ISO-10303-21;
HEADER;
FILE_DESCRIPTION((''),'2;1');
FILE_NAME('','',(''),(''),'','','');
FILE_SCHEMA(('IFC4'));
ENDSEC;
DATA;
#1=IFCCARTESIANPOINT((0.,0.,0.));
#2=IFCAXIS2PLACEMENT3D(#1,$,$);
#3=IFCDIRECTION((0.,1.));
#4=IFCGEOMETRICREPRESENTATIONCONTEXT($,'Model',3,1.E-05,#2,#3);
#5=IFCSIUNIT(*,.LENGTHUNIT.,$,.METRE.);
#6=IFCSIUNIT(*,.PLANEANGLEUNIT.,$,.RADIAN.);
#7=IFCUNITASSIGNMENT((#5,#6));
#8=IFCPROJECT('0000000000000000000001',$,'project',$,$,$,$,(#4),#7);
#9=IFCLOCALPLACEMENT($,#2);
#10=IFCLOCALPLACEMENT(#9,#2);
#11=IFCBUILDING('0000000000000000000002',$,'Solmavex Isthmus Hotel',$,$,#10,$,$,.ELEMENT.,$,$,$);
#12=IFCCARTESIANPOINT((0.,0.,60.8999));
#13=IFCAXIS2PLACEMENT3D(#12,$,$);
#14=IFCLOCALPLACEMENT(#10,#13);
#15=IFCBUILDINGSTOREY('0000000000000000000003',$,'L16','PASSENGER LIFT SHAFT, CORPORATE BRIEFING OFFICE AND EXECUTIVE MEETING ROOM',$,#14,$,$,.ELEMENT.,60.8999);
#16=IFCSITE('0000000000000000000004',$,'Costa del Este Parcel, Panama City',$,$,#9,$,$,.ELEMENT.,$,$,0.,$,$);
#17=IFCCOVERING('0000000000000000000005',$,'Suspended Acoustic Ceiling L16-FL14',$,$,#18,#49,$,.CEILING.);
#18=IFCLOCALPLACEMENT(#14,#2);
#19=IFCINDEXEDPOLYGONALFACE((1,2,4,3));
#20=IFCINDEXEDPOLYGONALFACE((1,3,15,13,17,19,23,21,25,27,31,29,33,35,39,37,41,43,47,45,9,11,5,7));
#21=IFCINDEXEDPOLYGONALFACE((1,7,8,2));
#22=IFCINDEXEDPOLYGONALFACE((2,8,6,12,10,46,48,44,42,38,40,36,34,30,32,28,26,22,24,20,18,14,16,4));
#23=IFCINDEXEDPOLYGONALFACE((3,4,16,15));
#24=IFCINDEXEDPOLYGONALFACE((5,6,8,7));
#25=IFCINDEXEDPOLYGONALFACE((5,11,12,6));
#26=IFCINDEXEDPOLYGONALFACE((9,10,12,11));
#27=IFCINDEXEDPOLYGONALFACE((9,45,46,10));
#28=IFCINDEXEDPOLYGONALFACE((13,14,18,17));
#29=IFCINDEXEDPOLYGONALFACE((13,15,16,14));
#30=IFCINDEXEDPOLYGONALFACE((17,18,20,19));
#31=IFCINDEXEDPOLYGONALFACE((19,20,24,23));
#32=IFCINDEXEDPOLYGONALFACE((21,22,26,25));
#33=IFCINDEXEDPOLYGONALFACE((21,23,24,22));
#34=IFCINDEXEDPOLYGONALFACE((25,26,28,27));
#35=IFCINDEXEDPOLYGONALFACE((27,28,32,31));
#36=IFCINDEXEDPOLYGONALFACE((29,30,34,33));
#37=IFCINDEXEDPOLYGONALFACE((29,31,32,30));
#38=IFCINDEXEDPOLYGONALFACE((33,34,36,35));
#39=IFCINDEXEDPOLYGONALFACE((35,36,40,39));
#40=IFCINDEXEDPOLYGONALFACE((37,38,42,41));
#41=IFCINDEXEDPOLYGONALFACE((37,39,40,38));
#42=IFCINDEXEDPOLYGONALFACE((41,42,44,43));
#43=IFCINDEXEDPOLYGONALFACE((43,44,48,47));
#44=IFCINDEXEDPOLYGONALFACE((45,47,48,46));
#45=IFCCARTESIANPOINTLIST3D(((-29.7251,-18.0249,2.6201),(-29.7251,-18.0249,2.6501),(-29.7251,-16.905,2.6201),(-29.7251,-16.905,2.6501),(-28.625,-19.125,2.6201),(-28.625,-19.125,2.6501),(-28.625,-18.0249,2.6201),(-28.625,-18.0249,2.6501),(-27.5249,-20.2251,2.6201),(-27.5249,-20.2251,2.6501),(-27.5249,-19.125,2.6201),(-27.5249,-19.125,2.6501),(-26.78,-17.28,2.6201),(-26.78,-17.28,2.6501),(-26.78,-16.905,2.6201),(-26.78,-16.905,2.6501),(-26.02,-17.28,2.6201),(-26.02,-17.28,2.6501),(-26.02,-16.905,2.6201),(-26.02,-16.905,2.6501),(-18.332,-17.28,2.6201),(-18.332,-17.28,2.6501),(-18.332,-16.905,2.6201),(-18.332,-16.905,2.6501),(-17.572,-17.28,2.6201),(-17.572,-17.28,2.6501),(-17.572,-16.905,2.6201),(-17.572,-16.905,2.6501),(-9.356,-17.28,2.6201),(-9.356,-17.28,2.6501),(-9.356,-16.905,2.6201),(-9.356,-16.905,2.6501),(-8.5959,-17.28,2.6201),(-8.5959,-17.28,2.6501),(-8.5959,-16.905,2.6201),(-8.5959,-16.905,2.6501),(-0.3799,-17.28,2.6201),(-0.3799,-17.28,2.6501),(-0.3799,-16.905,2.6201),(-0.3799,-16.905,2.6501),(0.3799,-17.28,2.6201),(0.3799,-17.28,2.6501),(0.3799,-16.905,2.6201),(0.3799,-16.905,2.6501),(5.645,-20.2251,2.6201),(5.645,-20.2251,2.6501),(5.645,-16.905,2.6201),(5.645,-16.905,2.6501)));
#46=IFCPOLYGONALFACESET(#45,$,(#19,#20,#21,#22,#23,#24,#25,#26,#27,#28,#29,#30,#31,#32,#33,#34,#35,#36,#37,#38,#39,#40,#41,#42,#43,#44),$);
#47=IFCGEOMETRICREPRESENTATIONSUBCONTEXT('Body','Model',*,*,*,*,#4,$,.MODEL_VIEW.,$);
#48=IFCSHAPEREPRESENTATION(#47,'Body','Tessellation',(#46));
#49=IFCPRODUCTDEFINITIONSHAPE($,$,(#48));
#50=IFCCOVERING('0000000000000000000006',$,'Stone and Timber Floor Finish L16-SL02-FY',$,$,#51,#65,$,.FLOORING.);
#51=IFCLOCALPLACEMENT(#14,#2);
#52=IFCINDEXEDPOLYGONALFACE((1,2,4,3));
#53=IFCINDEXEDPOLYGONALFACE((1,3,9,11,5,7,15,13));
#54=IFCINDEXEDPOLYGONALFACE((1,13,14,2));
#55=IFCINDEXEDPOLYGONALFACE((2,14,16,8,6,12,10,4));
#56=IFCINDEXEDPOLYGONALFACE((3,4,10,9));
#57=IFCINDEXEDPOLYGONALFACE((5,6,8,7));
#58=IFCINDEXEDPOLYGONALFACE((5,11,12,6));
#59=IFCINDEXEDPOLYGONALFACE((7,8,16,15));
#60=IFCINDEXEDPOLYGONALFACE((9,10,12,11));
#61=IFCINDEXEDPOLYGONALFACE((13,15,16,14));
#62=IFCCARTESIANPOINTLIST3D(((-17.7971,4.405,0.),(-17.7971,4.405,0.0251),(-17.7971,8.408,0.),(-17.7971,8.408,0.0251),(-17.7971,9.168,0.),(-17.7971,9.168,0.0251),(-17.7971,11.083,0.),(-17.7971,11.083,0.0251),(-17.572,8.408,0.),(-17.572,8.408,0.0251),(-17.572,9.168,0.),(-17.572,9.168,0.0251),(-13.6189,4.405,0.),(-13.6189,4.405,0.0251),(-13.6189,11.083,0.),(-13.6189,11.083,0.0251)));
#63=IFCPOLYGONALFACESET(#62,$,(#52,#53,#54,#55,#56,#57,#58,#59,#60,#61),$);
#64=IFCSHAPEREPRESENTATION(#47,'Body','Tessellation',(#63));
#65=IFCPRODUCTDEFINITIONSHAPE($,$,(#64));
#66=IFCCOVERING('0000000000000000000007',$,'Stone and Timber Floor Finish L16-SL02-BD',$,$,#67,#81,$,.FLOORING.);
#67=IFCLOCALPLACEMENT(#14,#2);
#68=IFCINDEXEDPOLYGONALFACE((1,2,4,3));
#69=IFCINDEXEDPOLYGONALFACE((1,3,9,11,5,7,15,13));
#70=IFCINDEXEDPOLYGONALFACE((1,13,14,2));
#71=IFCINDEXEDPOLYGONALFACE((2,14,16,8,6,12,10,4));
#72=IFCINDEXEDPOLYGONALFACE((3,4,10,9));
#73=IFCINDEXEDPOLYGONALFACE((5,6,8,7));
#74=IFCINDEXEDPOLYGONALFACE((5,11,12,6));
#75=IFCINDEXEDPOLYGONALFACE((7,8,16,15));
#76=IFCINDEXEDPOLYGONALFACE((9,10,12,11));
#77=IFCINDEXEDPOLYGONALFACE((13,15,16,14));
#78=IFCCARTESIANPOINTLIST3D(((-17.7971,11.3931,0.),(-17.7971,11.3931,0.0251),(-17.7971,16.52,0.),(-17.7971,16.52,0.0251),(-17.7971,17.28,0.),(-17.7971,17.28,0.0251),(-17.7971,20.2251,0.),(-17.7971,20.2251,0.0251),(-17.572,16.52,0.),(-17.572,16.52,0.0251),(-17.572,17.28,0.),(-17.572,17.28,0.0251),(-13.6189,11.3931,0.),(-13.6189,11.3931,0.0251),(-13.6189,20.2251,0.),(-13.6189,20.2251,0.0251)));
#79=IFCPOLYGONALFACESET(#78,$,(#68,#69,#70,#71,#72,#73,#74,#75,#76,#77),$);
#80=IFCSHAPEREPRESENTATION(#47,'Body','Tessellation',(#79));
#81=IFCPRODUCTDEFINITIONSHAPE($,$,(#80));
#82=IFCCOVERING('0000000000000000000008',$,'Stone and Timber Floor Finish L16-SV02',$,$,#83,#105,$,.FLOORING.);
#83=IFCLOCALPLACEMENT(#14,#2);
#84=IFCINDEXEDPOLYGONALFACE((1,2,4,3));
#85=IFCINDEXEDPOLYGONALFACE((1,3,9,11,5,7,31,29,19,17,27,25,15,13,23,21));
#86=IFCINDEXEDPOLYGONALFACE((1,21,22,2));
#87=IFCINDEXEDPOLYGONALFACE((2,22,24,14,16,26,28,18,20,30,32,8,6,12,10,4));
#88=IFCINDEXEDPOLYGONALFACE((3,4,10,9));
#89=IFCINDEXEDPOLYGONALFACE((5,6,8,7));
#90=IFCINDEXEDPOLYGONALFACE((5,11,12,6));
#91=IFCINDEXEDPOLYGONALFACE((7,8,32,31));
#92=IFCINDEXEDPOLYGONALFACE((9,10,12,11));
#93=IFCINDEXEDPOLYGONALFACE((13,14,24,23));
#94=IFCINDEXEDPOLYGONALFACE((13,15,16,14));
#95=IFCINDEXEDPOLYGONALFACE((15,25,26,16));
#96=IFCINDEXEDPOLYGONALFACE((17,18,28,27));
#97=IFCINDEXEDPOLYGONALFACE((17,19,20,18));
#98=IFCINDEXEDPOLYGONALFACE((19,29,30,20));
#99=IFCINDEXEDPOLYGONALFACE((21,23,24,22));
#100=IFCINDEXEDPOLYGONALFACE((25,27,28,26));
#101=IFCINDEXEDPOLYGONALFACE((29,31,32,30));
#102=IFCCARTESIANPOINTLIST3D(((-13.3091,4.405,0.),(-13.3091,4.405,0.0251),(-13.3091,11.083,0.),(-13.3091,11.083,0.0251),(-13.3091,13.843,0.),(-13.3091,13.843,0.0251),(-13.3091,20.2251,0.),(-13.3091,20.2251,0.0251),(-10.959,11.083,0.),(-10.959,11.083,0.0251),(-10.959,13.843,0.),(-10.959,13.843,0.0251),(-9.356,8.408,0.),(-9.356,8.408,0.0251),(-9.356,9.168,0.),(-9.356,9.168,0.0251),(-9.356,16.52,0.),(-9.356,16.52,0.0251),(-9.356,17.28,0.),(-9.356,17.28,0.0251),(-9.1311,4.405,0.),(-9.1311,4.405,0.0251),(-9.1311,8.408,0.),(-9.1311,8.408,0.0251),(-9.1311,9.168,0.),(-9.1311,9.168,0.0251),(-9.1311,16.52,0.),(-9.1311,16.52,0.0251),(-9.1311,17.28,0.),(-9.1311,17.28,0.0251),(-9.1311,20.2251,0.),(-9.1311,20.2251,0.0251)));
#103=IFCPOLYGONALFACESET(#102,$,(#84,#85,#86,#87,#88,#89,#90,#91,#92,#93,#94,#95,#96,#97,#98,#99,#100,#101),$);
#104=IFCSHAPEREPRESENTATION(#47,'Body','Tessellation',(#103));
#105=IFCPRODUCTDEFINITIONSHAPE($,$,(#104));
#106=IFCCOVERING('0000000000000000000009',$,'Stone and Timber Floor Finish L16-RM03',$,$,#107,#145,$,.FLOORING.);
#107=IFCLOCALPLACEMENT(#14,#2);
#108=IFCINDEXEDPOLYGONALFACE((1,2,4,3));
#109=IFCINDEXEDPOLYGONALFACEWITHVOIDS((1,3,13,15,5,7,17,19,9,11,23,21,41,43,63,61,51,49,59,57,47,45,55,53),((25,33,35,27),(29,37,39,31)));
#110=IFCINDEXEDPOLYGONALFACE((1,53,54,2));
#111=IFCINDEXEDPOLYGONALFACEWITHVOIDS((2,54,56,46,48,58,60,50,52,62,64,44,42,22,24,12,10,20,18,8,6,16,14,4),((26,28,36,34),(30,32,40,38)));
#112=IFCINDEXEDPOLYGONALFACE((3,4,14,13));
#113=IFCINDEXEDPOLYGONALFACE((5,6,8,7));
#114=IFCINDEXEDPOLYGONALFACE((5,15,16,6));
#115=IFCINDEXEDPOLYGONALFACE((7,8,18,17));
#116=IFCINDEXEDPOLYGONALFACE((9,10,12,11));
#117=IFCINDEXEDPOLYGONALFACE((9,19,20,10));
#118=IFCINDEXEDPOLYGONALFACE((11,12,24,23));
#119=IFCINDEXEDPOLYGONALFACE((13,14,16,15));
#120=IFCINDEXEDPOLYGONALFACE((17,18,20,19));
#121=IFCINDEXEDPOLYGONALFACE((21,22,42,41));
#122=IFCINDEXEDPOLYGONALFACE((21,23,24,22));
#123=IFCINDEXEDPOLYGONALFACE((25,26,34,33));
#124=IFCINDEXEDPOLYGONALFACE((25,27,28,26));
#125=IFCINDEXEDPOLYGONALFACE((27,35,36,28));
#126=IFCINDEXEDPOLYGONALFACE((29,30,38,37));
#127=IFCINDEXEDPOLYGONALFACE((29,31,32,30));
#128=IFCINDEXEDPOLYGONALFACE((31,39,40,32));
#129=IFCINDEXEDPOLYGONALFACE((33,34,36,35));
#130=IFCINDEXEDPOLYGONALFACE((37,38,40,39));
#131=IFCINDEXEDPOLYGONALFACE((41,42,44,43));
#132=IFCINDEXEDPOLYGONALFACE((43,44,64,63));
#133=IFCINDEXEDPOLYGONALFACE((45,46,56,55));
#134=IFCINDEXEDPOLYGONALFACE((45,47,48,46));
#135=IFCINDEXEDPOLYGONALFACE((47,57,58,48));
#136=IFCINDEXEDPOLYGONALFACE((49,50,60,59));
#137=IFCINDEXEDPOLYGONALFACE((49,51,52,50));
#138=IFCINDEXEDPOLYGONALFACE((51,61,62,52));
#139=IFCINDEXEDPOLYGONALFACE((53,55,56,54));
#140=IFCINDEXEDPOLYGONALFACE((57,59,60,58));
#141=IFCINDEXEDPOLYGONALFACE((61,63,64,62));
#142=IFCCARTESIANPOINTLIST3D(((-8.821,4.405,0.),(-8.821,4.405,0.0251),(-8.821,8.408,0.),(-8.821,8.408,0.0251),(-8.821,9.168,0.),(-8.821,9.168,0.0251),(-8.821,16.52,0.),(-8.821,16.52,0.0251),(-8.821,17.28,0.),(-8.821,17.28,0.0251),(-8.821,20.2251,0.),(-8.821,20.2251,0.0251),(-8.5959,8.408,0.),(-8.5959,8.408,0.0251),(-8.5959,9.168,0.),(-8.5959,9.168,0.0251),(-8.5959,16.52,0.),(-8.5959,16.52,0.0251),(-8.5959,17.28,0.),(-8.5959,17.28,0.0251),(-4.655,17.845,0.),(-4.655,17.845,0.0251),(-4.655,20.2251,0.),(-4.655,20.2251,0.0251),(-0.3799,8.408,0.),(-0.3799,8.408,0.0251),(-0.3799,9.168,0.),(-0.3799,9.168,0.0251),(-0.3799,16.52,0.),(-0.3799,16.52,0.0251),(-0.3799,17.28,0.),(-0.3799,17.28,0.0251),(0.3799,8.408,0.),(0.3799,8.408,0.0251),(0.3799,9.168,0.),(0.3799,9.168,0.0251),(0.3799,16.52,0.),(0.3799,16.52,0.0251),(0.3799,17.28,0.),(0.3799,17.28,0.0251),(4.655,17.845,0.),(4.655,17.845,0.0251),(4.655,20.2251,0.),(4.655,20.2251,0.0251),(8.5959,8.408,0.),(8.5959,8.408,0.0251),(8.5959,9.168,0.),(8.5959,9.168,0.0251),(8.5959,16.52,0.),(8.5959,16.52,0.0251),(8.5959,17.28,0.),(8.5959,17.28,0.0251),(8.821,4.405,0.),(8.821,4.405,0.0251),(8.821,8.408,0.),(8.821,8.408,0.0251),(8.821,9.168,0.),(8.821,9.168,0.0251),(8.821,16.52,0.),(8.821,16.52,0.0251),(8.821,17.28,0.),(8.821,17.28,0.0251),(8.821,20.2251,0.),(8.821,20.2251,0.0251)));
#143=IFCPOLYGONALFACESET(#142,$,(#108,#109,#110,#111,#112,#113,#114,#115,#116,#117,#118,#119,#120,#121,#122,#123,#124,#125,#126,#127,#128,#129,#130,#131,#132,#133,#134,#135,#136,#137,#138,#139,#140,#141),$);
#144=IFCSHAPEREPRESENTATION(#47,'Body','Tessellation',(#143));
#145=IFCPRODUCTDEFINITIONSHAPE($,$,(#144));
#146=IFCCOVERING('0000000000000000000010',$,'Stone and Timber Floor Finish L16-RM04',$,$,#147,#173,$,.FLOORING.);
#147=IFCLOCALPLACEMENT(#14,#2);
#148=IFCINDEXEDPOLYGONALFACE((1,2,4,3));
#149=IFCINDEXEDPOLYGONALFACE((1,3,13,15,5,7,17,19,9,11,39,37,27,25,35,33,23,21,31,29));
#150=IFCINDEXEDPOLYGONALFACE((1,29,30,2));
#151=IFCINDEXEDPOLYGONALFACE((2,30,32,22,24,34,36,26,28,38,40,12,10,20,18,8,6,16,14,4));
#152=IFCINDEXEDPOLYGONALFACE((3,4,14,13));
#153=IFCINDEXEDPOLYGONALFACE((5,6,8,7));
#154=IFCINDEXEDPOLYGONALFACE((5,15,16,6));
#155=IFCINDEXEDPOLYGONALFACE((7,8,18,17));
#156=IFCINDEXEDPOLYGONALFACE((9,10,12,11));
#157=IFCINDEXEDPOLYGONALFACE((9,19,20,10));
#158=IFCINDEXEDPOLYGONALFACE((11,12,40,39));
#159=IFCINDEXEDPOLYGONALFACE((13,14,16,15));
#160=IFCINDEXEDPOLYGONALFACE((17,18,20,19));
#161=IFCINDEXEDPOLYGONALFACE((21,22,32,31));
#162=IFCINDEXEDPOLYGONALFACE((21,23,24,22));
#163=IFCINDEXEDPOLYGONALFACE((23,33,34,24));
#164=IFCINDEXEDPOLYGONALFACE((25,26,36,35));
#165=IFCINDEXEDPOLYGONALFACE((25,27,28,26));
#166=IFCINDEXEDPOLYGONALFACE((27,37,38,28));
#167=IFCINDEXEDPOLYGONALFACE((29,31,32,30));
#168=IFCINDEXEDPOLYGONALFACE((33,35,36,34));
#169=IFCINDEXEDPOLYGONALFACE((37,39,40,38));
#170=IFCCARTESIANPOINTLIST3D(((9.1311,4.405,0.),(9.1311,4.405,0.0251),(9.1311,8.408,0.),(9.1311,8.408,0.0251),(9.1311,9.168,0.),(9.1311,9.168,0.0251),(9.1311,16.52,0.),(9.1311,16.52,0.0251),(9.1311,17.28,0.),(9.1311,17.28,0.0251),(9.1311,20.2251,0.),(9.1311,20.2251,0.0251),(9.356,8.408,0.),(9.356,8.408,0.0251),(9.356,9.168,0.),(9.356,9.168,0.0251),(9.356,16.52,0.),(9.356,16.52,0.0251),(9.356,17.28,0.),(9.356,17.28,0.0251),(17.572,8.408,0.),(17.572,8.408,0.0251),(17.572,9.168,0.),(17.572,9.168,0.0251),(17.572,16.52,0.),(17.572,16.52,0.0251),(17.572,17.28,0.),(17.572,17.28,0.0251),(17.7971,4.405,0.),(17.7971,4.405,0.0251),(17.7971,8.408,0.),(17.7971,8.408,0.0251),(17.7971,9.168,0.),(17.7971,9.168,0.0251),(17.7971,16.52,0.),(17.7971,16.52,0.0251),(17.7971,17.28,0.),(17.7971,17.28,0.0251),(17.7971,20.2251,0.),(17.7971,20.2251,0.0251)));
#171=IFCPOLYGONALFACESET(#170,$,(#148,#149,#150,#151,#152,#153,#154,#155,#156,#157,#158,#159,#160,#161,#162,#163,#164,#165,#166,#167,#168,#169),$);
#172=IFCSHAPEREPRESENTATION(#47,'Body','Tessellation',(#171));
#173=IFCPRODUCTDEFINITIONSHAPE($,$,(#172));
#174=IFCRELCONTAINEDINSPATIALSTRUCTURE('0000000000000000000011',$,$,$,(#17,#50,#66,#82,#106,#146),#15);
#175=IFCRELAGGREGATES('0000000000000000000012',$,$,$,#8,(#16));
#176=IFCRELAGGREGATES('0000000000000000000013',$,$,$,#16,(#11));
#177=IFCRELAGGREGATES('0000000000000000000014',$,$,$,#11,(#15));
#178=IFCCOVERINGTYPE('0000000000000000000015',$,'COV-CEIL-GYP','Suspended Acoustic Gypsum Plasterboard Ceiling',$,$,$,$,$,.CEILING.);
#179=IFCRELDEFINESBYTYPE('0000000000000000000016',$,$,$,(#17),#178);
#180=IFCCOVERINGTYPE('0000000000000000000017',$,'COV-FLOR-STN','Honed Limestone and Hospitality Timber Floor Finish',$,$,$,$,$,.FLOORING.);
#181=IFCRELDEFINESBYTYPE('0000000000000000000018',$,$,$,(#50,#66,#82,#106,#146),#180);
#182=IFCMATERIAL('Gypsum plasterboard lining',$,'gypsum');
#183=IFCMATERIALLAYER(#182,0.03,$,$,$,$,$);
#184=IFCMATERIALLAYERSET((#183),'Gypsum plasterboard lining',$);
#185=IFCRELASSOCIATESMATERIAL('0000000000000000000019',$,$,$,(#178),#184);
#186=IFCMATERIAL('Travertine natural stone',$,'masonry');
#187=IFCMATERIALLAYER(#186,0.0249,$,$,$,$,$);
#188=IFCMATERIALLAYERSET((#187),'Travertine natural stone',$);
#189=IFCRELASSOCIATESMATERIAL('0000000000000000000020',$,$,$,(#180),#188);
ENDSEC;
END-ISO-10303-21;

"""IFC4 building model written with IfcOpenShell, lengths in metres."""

from ifc_helpers import new_model, si_unit, direction, frame, origin, place, context, subcontext, project, spatial, polyline, outline, extrude, material, layer, layer_set, type_object, element, save


model = new_model("IFC4")

# Units and contexts
model_context = context("Model", 3, precision=1e-05, world=origin(), true_north=direction((0.0, 1.0)))
body_context = subcontext(model_context, "Body", "Model", "MODEL_VIEW")
ifc_project = project(units=[si_unit("LENGTHUNIT", "METRE"), si_unit("PLANEANGLEUNIT", "RADIAN")], contexts=[model_context])

# Site, building, storey
site_placement = place(None, origin())
site = spatial("IfcSite", under=ifc_project, at=site_placement, Name="Costa del Este Parcel, Panama City", CompositionType="ELEMENT", RefElevation=0.0)
building_placement = place(site_placement, origin())
building = spatial("IfcBuilding", under=site, at=building_placement, Name="Solmavex Isthmus Hotel", CompositionType="ELEMENT")
storey_placement = place(building_placement, frame((0.0, 0.0, 60.8999)))
storey = spatial("IfcBuildingStorey", under=building, at=storey_placement, Name="L16", Description="PASSENGER LIFT SHAFT, CORPORATE BRIEFING OFFICE AND EXECUTIVE MEETING ROOM", CompositionType="ELEMENT", Elevation=60.8999)

# Coverings
ifc_material_1 = material(Name="Gypsum plasterboard lining", Category="gypsum")
ifc_layer_1 = layer(ifc_material_1, 0.03)
ifc_layer_set_1 = layer_set([ifc_layer_1], Name="Gypsum plasterboard lining")
covering_type_1 = type_object("IfcCoveringType", Name="COV-CEIL-GYP", Description="Suspended Acoustic Gypsum Plasterboard Ceiling", PredefinedType="CEILING", material=ifc_layer_set_1)
covering_1_placement = place(storey_placement, frame((0.0, 0.0, 2.6201)))
element("IfcCovering", 1, at=covering_1_placement, inside=storey, type_object=covering_type_1, Name="Suspended Acoustic Ceiling L16-FL14", PredefinedType="CEILING", context=body_context, shape_type="SweptSolid", body=[
    extrude(outline(polyline([(-26.02, -16.905), (-26.02, -17.28), (-26.78, -17.28), (-26.78, -16.905), (-29.7251, -16.905), (-29.7251, -18.0249), (-28.625, -18.0249), (-28.625, -19.125), (-27.5249, -19.125), (-27.5249, -20.2251), (5.645, -20.2251), (5.645, -16.905), (0.3799, -16.905), (0.3799, -17.28), (-0.3799, -17.28), (-0.3799, -16.905), (-8.5959, -16.905), (-8.5959, -17.28), (-9.356, -17.28), (-9.356, -16.905), (-17.572, -16.905), (-17.572, -17.28), (-18.332, -17.28), (-18.332, -16.905), (-26.02, -16.905)])), origin(), (0.0, 0.0, 1.0), 0.03),
])
ifc_material_2 = material(Name="Travertine natural stone", Category="masonry")
ifc_layer_2 = layer(ifc_material_2, 0.0249)
ifc_layer_set_2 = layer_set([ifc_layer_2], Name="Travertine natural stone")
covering_type_2 = type_object("IfcCoveringType", Name="COV-FLOR-STN", Description="Honed Limestone and Hospitality Timber Floor Finish", PredefinedType="FLOORING", material=ifc_layer_set_2)
covering_2_placement = place(storey_placement, origin())
element("IfcCovering", 2, at=covering_2_placement, inside=storey, type_object=covering_type_2, Name="Stone and Timber Floor Finish L16-SL02-FY", PredefinedType="FLOORING", context=body_context, shape_type="SweptSolid", body=[
    extrude(outline(polyline([(-17.7971, 9.168), (-17.572, 9.168), (-17.572, 8.408), (-17.7971, 8.408), (-17.7971, 4.405), (-13.6189, 4.405), (-13.6189, 11.083), (-17.7971, 11.083), (-17.7971, 9.168)])), origin(), (0.0, 0.0, 1.0), 0.0251),
])
covering_3_placement = place(storey_placement, origin())
element("IfcCovering", 3, at=covering_3_placement, inside=storey, type_object=covering_type_2, Name="Stone and Timber Floor Finish L16-SL02-BD", PredefinedType="FLOORING", context=body_context, shape_type="SweptSolid", body=[
    extrude(outline(polyline([(-17.7971, 17.28), (-17.572, 17.28), (-17.572, 16.52), (-17.7971, 16.52), (-17.7971, 11.3931), (-13.6189, 11.3931), (-13.6189, 20.2251), (-17.7971, 20.2251), (-17.7971, 17.28)])), origin(), (0.0, 0.0, 1.0), 0.0251),
])
covering_4_placement = place(storey_placement, origin())
element("IfcCovering", 4, at=covering_4_placement, inside=storey, type_object=covering_type_2, Name="Stone and Timber Floor Finish L16-SV02", PredefinedType="FLOORING", context=body_context, shape_type="SweptSolid", body=[
    extrude(outline(polyline([(-9.1311, 16.52), (-9.356, 16.52), (-9.356, 17.28), (-9.1311, 17.28), (-9.1311, 20.2251), (-13.3091, 20.2251), (-13.3091, 13.843), (-10.959, 13.843), (-10.959, 11.083), (-13.3091, 11.083), (-13.3091, 4.405), (-9.1311, 4.405), (-9.1311, 8.408), (-9.356, 8.408), (-9.356, 9.168), (-9.1311, 9.168), (-9.1311, 16.52)])), origin(), (0.0, 0.0, 1.0), 0.0251),
])
covering_5_placement = place(storey_placement, origin())
element("IfcCovering", 5, at=covering_5_placement, inside=storey, type_object=covering_type_2, Name="Stone and Timber Floor Finish L16-RM03", PredefinedType="FLOORING", context=body_context, shape_type="SweptSolid", body=[
    extrude(outline(polyline([(-8.821, 9.168), (-8.5959, 9.168), (-8.5959, 8.408), (-8.821, 8.408), (-8.821, 4.405), (8.821, 4.405), (8.821, 8.408), (8.5959, 8.408), (8.5959, 9.168), (8.821, 9.168), (8.821, 16.52), (8.5959, 16.52), (8.5959, 17.28), (8.821, 17.28), (8.821, 20.2251), (4.655, 20.2251), (4.655, 17.845), (-4.655, 17.845), (-4.655, 20.2251), (-8.821, 20.2251), (-8.821, 17.28), (-8.5959, 17.28), (-8.5959, 16.52), (-8.821, 16.52), (-8.821, 9.168)]), holes=[polyline([(-0.3799, 8.408), (-0.3799, 9.168), (0.3799, 9.168), (0.3799, 8.408), (-0.3799, 8.408)]), polyline([(-0.3799, 17.28), (0.3799, 17.28), (0.3799, 16.52), (-0.3799, 16.52), (-0.3799, 17.28)])]), origin(), (0.0, 0.0, 1.0), 0.0251),
])
covering_6_placement = place(storey_placement, origin())
element("IfcCovering", 6, at=covering_6_placement, inside=storey, type_object=covering_type_2, Name="Stone and Timber Floor Finish L16-RM04", PredefinedType="FLOORING", context=body_context, shape_type="SweptSolid", body=[
    extrude(outline(polyline([(9.1311, 9.168), (9.356, 9.168), (9.356, 8.408), (9.1311, 8.408), (9.1311, 4.405), (17.7971, 4.405), (17.7971, 8.408), (17.572, 8.408), (17.572, 9.168), (17.7971, 9.168), (17.7971, 16.52), (17.572, 16.52), (17.572, 17.28), (17.7971, 17.28), (17.7971, 20.2251), (9.1311, 20.2251), (9.1311, 17.28), (9.356, 17.28), (9.356, 16.52), (9.1311, 16.52), (9.1311, 9.168)])), origin(), (0.0, 0.0, 1.0), 0.0251),
])

save(model, "model.ifc")
